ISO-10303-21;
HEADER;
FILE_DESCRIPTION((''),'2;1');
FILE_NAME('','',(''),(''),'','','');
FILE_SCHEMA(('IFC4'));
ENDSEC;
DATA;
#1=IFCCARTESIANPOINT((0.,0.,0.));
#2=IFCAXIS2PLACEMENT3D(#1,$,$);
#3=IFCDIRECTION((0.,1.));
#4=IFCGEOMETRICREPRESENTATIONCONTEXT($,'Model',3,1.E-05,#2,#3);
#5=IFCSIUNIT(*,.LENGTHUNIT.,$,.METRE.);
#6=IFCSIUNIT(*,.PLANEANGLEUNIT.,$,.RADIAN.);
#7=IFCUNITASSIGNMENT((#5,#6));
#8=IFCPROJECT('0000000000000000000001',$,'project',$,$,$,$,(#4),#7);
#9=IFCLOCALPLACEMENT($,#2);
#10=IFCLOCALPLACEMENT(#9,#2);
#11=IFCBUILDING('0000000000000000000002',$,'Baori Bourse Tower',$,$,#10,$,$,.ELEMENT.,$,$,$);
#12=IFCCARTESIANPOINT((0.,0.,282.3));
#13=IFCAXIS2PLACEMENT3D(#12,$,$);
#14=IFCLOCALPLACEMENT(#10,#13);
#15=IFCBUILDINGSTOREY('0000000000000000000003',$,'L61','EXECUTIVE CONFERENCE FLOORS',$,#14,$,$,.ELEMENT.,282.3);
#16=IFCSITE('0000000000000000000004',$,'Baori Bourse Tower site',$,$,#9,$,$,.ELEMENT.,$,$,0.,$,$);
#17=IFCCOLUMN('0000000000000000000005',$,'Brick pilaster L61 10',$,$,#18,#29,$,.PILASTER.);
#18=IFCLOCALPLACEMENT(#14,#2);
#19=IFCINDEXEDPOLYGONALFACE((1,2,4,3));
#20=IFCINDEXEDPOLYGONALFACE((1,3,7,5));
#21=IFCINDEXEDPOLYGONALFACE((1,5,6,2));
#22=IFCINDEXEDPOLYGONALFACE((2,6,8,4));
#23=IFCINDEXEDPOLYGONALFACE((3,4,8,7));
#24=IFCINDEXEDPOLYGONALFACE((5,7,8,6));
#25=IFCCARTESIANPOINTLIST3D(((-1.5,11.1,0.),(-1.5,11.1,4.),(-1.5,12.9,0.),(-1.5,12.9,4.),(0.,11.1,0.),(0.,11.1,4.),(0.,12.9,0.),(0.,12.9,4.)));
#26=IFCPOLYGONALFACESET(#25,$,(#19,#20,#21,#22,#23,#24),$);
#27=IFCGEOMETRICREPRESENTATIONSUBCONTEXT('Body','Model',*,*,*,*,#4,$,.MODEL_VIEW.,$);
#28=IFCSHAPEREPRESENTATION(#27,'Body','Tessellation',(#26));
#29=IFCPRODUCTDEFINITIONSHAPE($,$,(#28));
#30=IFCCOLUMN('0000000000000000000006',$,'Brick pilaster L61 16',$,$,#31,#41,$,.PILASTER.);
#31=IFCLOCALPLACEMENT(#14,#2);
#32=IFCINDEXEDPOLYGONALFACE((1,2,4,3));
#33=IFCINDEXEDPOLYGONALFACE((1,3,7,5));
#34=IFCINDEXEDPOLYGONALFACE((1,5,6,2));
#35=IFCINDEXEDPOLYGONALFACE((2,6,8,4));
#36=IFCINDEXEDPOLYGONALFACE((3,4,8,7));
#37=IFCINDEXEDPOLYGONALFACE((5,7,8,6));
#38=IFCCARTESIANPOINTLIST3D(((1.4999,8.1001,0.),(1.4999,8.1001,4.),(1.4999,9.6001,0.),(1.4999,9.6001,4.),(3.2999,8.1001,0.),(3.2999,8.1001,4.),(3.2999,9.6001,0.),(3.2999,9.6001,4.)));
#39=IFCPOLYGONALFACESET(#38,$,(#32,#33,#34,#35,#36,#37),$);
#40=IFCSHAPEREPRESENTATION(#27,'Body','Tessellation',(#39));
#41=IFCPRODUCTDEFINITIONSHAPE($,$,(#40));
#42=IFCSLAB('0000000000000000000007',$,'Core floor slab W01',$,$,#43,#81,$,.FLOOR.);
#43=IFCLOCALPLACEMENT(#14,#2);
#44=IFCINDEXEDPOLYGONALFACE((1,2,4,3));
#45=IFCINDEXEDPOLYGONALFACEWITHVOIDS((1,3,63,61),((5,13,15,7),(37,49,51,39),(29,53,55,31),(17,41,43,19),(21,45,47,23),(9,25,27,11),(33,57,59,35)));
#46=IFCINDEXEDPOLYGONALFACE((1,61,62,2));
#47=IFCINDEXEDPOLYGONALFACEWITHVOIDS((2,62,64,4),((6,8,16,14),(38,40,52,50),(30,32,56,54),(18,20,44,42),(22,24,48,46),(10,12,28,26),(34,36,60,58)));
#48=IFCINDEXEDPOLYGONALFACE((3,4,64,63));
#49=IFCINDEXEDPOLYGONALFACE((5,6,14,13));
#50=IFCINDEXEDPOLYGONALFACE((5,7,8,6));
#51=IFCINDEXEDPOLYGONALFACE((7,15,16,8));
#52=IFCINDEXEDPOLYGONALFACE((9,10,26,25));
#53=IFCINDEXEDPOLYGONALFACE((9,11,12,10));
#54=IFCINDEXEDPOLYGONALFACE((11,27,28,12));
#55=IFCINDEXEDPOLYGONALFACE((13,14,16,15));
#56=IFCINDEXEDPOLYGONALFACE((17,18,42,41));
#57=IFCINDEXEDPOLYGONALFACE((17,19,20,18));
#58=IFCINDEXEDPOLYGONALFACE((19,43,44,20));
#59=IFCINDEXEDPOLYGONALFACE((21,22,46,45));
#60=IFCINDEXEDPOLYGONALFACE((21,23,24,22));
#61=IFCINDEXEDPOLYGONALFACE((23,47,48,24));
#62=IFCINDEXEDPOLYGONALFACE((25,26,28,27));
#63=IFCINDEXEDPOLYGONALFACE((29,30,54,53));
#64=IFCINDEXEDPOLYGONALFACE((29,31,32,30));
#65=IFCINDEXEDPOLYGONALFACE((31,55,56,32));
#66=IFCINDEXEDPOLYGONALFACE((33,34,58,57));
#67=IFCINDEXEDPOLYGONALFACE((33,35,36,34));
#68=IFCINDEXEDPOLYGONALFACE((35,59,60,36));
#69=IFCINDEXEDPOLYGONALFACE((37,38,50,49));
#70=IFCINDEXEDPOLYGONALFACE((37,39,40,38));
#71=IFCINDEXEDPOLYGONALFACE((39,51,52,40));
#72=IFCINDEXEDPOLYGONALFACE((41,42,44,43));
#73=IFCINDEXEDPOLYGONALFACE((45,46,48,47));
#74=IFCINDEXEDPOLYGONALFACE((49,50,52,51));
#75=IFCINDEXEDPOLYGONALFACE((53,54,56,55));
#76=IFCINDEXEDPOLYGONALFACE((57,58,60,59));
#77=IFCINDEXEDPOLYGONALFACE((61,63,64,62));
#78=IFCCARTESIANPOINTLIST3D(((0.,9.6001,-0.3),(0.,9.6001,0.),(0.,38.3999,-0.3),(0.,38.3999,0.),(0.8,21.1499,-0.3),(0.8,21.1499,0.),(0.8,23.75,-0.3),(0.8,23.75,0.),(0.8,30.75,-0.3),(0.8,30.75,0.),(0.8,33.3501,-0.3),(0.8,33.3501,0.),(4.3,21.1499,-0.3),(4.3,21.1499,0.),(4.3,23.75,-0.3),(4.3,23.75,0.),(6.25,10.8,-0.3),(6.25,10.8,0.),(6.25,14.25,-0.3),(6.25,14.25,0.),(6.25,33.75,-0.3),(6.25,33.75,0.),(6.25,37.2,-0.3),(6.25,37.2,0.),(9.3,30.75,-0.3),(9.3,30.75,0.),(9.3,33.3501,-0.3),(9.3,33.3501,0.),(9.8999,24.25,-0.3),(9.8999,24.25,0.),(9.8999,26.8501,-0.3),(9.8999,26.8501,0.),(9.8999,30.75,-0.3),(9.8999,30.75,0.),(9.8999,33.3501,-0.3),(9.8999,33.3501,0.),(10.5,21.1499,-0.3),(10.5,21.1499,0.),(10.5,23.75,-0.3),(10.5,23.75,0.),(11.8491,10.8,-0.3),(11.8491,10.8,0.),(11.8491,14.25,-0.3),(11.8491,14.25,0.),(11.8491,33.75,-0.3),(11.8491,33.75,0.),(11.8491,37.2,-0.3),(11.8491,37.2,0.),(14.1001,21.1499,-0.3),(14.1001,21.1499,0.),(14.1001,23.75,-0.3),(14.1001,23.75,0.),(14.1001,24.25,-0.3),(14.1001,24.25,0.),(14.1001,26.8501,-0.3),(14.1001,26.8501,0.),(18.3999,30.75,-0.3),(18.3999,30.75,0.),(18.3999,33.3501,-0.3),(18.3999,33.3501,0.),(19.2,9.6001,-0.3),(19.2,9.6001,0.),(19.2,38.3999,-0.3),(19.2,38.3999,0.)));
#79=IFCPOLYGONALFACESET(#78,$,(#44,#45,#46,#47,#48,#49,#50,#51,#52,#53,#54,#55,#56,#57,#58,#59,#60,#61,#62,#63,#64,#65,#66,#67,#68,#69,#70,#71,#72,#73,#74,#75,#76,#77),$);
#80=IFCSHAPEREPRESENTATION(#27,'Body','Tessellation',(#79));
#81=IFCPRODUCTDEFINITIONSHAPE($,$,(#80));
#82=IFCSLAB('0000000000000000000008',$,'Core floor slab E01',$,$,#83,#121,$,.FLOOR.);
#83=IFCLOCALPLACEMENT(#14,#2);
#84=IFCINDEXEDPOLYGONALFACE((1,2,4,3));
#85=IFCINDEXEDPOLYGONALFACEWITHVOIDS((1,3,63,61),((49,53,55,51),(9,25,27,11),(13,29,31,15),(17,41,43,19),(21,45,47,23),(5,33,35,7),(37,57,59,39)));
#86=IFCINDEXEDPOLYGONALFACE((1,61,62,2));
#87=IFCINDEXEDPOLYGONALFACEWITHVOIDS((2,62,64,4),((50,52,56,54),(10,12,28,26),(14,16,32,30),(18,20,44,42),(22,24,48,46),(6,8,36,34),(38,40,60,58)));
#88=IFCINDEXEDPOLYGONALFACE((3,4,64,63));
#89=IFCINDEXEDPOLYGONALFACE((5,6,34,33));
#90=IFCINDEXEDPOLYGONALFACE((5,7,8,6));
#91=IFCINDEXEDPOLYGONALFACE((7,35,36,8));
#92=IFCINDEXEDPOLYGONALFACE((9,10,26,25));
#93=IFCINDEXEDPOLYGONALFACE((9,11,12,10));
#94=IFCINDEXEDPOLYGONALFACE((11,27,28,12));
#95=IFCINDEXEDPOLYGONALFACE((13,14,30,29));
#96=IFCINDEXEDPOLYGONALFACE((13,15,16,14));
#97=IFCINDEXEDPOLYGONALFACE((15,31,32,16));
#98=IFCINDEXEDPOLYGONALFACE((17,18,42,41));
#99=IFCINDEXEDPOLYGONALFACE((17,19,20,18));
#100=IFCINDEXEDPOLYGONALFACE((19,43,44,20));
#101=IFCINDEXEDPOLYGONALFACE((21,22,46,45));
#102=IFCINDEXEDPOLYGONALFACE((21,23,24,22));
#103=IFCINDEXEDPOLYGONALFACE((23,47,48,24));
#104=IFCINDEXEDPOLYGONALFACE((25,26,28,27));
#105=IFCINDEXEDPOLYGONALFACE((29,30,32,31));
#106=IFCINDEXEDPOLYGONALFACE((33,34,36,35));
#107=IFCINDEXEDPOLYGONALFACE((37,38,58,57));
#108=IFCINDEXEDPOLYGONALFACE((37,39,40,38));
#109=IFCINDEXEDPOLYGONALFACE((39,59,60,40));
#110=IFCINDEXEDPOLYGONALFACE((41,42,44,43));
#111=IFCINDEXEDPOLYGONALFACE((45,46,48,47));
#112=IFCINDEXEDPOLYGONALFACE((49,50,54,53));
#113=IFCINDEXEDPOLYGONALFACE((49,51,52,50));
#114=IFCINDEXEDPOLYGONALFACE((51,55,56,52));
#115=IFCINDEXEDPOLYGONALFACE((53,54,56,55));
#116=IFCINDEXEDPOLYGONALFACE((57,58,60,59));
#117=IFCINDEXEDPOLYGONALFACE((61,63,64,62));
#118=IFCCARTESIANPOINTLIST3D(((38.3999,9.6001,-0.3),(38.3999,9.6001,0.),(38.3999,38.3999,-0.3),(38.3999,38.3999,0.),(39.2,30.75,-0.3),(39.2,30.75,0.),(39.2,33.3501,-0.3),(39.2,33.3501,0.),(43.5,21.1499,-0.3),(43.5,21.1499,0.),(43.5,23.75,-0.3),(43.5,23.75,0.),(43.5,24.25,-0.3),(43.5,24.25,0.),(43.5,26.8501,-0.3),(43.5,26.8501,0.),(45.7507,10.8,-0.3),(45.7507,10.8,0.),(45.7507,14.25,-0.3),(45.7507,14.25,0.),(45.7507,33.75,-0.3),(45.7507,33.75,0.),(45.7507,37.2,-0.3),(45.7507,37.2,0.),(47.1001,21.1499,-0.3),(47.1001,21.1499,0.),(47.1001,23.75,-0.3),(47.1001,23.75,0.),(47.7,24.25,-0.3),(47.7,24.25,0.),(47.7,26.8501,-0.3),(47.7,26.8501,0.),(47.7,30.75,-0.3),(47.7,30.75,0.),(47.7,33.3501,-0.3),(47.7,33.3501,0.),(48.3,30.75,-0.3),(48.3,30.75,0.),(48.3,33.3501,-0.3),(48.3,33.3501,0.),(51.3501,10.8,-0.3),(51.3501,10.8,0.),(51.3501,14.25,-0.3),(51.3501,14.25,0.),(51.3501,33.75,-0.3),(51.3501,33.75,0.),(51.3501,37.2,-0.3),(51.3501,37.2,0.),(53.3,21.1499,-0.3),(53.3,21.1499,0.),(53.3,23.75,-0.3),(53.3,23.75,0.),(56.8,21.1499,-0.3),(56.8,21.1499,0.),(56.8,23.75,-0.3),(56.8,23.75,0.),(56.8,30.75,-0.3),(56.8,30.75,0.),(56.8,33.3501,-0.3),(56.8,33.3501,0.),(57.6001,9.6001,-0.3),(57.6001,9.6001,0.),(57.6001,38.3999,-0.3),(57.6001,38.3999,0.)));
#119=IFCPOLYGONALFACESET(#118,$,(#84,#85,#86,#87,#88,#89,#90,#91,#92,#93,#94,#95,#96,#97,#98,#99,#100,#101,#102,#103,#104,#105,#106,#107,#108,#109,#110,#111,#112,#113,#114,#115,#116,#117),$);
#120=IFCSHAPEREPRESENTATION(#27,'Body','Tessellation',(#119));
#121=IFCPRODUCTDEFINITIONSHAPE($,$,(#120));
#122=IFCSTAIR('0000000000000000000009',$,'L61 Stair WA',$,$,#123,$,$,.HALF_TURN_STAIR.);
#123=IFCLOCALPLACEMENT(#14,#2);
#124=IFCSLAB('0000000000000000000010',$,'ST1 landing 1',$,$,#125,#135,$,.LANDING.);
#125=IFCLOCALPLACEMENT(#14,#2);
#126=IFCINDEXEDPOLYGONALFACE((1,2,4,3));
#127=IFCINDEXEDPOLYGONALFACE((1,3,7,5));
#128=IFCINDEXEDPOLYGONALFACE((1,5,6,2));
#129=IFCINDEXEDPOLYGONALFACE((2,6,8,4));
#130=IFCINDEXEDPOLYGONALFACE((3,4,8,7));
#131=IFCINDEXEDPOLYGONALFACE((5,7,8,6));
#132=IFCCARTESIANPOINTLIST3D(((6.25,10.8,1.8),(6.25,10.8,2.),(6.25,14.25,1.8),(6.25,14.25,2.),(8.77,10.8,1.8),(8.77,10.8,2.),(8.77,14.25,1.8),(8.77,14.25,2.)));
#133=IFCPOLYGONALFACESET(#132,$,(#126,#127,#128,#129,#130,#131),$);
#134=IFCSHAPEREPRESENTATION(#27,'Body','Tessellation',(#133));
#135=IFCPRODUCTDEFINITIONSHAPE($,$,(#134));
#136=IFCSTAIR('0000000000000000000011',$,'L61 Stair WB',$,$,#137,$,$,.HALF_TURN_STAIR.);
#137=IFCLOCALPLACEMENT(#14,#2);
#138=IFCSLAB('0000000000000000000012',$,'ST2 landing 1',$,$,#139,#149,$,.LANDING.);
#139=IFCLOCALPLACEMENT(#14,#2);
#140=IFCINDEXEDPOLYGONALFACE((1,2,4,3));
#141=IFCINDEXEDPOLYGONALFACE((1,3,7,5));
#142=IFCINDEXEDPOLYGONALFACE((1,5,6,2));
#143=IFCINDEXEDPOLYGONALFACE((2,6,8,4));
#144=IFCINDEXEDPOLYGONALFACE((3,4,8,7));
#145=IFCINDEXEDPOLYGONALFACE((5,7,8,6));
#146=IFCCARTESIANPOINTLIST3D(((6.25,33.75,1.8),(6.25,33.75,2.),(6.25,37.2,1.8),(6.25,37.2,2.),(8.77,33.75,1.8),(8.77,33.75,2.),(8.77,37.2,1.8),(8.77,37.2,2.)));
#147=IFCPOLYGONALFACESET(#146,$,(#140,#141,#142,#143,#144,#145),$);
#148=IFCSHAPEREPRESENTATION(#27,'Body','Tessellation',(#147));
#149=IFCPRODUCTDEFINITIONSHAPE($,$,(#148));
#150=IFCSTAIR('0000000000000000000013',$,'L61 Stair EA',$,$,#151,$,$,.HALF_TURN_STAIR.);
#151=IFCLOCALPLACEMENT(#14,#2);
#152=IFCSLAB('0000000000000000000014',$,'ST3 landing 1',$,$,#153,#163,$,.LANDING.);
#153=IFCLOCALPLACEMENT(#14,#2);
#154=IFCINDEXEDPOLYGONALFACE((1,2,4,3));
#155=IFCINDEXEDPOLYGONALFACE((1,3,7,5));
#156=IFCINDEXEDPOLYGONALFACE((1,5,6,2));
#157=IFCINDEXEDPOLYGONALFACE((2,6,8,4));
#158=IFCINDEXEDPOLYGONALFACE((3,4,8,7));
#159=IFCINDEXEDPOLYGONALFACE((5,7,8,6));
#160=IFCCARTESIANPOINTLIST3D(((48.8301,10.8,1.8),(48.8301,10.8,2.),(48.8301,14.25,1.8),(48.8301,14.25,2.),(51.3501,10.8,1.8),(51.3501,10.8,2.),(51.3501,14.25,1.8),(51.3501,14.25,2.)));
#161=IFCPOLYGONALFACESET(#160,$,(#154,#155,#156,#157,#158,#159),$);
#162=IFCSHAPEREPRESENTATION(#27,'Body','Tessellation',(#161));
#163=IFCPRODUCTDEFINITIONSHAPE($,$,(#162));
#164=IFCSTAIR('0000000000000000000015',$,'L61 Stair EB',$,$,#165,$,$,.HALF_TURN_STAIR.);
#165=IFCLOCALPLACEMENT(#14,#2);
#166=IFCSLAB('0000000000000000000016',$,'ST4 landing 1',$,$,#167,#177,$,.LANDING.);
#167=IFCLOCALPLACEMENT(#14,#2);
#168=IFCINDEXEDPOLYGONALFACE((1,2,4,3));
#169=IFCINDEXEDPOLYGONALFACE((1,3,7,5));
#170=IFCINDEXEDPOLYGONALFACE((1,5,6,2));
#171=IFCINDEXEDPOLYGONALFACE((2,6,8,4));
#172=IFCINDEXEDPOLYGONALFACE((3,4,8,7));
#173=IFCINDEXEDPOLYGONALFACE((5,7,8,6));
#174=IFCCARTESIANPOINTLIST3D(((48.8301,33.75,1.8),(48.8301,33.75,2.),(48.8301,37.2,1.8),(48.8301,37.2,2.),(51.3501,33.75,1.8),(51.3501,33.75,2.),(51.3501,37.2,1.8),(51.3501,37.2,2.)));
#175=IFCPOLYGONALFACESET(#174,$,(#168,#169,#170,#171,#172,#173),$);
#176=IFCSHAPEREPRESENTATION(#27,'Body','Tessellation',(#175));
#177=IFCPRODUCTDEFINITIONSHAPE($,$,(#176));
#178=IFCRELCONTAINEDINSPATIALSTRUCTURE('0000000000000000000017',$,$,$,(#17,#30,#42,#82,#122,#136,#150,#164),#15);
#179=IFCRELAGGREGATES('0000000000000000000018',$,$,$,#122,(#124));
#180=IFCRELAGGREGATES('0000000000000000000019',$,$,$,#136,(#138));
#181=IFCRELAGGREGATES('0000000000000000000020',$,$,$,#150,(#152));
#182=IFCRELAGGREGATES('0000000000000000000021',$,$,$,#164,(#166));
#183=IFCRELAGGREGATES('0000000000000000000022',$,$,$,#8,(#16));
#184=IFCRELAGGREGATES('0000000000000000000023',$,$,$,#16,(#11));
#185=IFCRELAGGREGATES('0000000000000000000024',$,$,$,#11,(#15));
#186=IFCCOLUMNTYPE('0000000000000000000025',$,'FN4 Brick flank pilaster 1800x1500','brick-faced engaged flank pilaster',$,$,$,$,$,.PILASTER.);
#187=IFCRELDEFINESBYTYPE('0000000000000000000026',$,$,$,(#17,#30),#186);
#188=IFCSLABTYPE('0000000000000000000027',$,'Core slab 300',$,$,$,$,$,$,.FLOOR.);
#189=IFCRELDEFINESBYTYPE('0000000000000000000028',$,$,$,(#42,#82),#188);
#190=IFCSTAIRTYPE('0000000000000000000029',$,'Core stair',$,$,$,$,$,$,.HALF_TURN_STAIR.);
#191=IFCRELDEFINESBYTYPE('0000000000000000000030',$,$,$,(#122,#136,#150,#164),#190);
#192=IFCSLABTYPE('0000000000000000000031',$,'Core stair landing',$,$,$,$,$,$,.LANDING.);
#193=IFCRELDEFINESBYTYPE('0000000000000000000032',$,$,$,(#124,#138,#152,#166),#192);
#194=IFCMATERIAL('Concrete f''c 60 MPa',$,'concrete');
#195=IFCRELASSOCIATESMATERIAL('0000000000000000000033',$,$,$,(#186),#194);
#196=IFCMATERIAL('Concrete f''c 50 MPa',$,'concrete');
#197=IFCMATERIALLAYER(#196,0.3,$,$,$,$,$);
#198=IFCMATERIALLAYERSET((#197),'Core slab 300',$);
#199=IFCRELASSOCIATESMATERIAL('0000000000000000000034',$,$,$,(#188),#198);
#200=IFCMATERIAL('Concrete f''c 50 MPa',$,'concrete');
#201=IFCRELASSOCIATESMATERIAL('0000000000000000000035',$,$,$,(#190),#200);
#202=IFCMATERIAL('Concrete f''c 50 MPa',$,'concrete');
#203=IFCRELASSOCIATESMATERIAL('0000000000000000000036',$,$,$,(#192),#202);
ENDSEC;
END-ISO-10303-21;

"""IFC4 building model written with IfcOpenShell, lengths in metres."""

from ifc_helpers import new_model, si_unit, direction, frame, origin, origin_2d, place, context, subcontext, project, spatial, polyline, rectangle, outline, extrude, material, layer, layer_set, material_profile, profile_set, type_object, element, aggregate, save


model = new_model("IFC4")

# Units and contexts
model_context = context("Model", 3, precision=1e-05, world=origin(), true_north=direction((0.0, 1.0)))
body_context = subcontext(model_context, "Body", "Model", "MODEL_VIEW")
ifc_project = project(units=[si_unit("LENGTHUNIT", "METRE"), si_unit("PLANEANGLEUNIT", "RADIAN")], contexts=[model_context])

# Site, building, storey
site_placement = place(None, origin())
site = spatial("IfcSite", under=ifc_project, at=site_placement, Name="Baori Bourse Tower site", CompositionType="ELEMENT", RefElevation=0.0)
building_placement = place(site_placement, origin())
building = spatial("IfcBuilding", under=site, at=building_placement, Name="Baori Bourse Tower", CompositionType="ELEMENT")
storey_placement = place(building_placement, frame((0.0, 0.0, 282.3)))
storey = spatial("IfcBuildingStorey", under=building, at=storey_placement, Name="L61", Description="EXECUTIVE CONFERENCE FLOORS", CompositionType="ELEMENT", Elevation=282.3)

# Columns
ifc_material_1 = material(Name="Concrete f'c 60 MPa", Category="concrete")
ifc_material_profile = material_profile(ifc_material_1, rectangle(XDim=1.8, YDim=1.5, at=origin_2d()), Name="RC 1800x1500")
ifc_profile_set = profile_set([ifc_material_profile], Name="Concrete f'c 60 MPa")
column_type = type_object("IfcColumnType", Name="FN4 Brick flank pilaster 1800x1500", Description="brick-faced engaged flank pilaster", PredefinedType="PILASTER", material=ifc_profile_set)
for number, where, z_axis, x_axis, name in (
    (1, (-0.75, 12.0, 0.0), (0.0, 0.0, 1.0), (0.0, 1.0, 0.0), "Brick pilaster L61 10"),
    (2, (2.3999, 8.8501, 0.0), (0.0, 0.0, 1.0), (1.0, 0.0, 0.0), "Brick pilaster L61 16"),
):
    element("IfcColumn", number, at=place(storey_placement, frame(where, z_axis=z_axis, x_axis=x_axis)), inside=storey, type_object=column_type, Name=name, PredefinedType="PILASTER", context=body_context, shape_type="SweptSolid", body=[
        extrude(rectangle(XDim=1.8, YDim=1.5, at=origin_2d()), origin(), (0.0, 0.0, 1.0), 4.0),
    ])

# Slabs
ifc_material_2 = material(Name="Concrete f'c 50 MPa", Category="concrete")
ifc_layer_1 = layer(ifc_material_2, 0.3)
ifc_layer_set_1 = layer_set([ifc_layer_1], Name="Core slab 300")
slab_type_1 = type_object("IfcSlabType", Name="Core slab 300", PredefinedType="FLOOR", material=ifc_layer_set_1)
slab_1_placement = place(storey_placement, frame((0.0, 0.0, -0.3)))
element("IfcSlab", 3, at=slab_1_placement, inside=storey, type_object=slab_type_1, Name="Core floor slab W01", PredefinedType="FLOOR", context=body_context, shape_type="SweptSolid", body=[
    extrude(outline(polyline([(19.2, 38.3999), (0.0, 38.3999), (0.0, 9.6001), (19.2, 9.6001), (19.2, 38.3999)]), holes=[polyline([(9.8999, 33.3501), (18.3999, 33.3501), (18.3999, 30.75), (9.8999, 30.75), (9.8999, 33.3501)]), polyline([(10.5, 21.1499), (10.5, 23.75), (14.1001, 23.75), (14.1001, 21.1499), (10.5, 21.1499)]), polyline([(14.1001, 24.25), (9.8999, 24.25), (9.8999, 26.8501), (14.1001, 26.8501), (14.1001, 24.25)]), polyline([(6.25, 14.25), (11.8491, 14.25), (11.8491, 10.8), (6.25, 10.8), (6.25, 14.25)]), polyline([(11.8491, 37.2), (11.8491, 33.75), (6.25, 33.75), (6.25, 37.2), (11.8491, 37.2)]), polyline([(0.8, 30.75), (0.8, 33.3501), (9.3, 33.3501), (9.3, 30.75), (0.8, 30.75)]), polyline([(4.3, 23.75), (4.3, 21.1499), (0.8, 21.1499), (0.8, 23.75), (4.3, 23.75)])]), origin(), (0.0, 0.0, 1.0), 0.3),
])
slab_2_placement = place(storey_placement, frame((0.0, 0.0, -0.3)))
element("IfcSlab", 4, at=slab_2_placement, inside=storey, type_object=slab_type_1, Name="Core floor slab E01", PredefinedType="FLOOR", context=body_context, shape_type="SweptSolid", body=[
    extrude(outline(polyline([(57.6001, 9.6001), (57.6001, 38.3999), (38.3999, 38.3999), (38.3999, 9.6001), (57.6001, 9.6001)]), holes=[polyline([(48.3, 33.3501), (56.8, 33.3501), (56.8, 30.75), (48.3, 30.75), (48.3, 33.3501)]), polyline([(56.8, 21.1499), (53.3, 21.1499), (53.3, 23.75), (56.8, 23.75), (56.8, 21.1499)]), polyline([(45.7507, 14.25), (51.3501, 14.25), (51.3501, 10.8), (45.7507, 10.8), (45.7507, 14.25)]), polyline([(51.3501, 37.2), (51.3501, 33.75), (45.7507, 33.75), (45.7507, 37.2), (51.3501, 37.2)]), polyline([(43.5, 24.25), (43.5, 26.8501), (47.7, 26.8501), (47.7, 24.25), (43.5, 24.25)]), polyline([(47.7, 33.3501), (47.7, 30.75), (39.2, 30.75), (39.2, 33.3501), (47.7, 33.3501)]), polyline([(43.5, 23.75), (47.1001, 23.75), (47.1001, 21.1499), (43.5, 21.1499), (43.5, 23.75)])]), origin(), (0.0, 0.0, 1.0), 0.3),
])

# Stairs, slabs
ifc_material_3 = material(Name="Concrete f'c 50 MPa", Category="concrete")
stair_type = type_object("IfcStairType", Name="Core stair", PredefinedType="HALF_TURN_STAIR", material=ifc_material_3)
stair_1_placement = place(storey_placement, origin())
stair_1 = element("IfcStair", 5, at=stair_1_placement, inside=storey, type_object=stair_type, Name="L61 Stair WA", PredefinedType="HALF_TURN_STAIR")
ifc_material_4 = material(Name="Concrete f'c 50 MPa", Category="concrete")
slab_type_2 = type_object("IfcSlabType", Name="Core stair landing", PredefinedType="LANDING", material=ifc_material_4)
slab_3_placement = place(storey_placement, frame((0.0, 0.0, 1.8)))
slab_3 = element("IfcSlab", 6, at=slab_3_placement, type_object=slab_type_2, Name="ST1 landing 1", PredefinedType="LANDING", context=body_context, shape_type="SweptSolid", body=[
    extrude(outline(polyline([(8.77, 14.25), (6.25, 14.25), (6.25, 10.8), (8.77, 10.8), (8.77, 14.25)])), origin(), (0.0, 0.0, 1.0), 0.2),
])
aggregate(stair_1, [slab_3])
stair_2_placement = place(storey_placement, origin())
stair_2 = element("IfcStair", 7, at=stair_2_placement, inside=storey, type_object=stair_type, Name="L61 Stair WB", PredefinedType="HALF_TURN_STAIR")
slab_4_placement = place(storey_placement, frame((0.0, 0.0, 1.8)))
slab_4 = element("IfcSlab", 8, at=slab_4_placement, type_object=slab_type_2, Name="ST2 landing 1", PredefinedType="LANDING", context=body_context, shape_type="SweptSolid", body=[
    extrude(outline(polyline([(8.77, 37.2), (6.25, 37.2), (6.25, 33.75), (8.77, 33.75), (8.77, 37.2)])), origin(), (0.0, 0.0, 1.0), 0.2),
])
aggregate(stair_2, [slab_4])
stair_3_placement = place(storey_placement, origin())
stair_3 = element("IfcStair", 9, at=stair_3_placement, inside=storey, type_object=stair_type, Name="L61 Stair EA", PredefinedType="HALF_TURN_STAIR")
slab_5_placement = place(storey_placement, frame((0.0, 0.0, 1.8)))
slab_5 = element("IfcSlab", 10, at=slab_5_placement, type_object=slab_type_2, Name="ST3 landing 1", PredefinedType="LANDING", context=body_context, shape_type="SweptSolid", body=[
    extrude(outline(polyline([(48.8301, 10.8), (51.3501, 10.8), (51.3501, 14.25), (48.8301, 14.25), (48.8301, 10.8)])), origin(), (0.0, 0.0, 1.0), 0.2),
])
aggregate(stair_3, [slab_5])
stair_4_placement = place(storey_placement, origin())
stair_4 = element("IfcStair", 11, at=stair_4_placement, inside=storey, type_object=stair_type, Name="L61 Stair EB", PredefinedType="HALF_TURN_STAIR")
slab_6_placement = place(storey_placement, frame((0.0, 0.0, 1.8)))
slab_6 = element("IfcSlab", 12, at=slab_6_placement, type_object=slab_type_2, Name="ST4 landing 1", PredefinedType="LANDING", context=body_context, shape_type="SweptSolid", body=[
    extrude(outline(polyline([(48.8301, 33.75), (51.3501, 33.75), (51.3501, 37.2), (48.8301, 37.2), (48.8301, 33.75)])), origin(), (0.0, 0.0, 1.0), 0.2),
])
aggregate(stair_4, [slab_6])

save(model, "model.ifc")
